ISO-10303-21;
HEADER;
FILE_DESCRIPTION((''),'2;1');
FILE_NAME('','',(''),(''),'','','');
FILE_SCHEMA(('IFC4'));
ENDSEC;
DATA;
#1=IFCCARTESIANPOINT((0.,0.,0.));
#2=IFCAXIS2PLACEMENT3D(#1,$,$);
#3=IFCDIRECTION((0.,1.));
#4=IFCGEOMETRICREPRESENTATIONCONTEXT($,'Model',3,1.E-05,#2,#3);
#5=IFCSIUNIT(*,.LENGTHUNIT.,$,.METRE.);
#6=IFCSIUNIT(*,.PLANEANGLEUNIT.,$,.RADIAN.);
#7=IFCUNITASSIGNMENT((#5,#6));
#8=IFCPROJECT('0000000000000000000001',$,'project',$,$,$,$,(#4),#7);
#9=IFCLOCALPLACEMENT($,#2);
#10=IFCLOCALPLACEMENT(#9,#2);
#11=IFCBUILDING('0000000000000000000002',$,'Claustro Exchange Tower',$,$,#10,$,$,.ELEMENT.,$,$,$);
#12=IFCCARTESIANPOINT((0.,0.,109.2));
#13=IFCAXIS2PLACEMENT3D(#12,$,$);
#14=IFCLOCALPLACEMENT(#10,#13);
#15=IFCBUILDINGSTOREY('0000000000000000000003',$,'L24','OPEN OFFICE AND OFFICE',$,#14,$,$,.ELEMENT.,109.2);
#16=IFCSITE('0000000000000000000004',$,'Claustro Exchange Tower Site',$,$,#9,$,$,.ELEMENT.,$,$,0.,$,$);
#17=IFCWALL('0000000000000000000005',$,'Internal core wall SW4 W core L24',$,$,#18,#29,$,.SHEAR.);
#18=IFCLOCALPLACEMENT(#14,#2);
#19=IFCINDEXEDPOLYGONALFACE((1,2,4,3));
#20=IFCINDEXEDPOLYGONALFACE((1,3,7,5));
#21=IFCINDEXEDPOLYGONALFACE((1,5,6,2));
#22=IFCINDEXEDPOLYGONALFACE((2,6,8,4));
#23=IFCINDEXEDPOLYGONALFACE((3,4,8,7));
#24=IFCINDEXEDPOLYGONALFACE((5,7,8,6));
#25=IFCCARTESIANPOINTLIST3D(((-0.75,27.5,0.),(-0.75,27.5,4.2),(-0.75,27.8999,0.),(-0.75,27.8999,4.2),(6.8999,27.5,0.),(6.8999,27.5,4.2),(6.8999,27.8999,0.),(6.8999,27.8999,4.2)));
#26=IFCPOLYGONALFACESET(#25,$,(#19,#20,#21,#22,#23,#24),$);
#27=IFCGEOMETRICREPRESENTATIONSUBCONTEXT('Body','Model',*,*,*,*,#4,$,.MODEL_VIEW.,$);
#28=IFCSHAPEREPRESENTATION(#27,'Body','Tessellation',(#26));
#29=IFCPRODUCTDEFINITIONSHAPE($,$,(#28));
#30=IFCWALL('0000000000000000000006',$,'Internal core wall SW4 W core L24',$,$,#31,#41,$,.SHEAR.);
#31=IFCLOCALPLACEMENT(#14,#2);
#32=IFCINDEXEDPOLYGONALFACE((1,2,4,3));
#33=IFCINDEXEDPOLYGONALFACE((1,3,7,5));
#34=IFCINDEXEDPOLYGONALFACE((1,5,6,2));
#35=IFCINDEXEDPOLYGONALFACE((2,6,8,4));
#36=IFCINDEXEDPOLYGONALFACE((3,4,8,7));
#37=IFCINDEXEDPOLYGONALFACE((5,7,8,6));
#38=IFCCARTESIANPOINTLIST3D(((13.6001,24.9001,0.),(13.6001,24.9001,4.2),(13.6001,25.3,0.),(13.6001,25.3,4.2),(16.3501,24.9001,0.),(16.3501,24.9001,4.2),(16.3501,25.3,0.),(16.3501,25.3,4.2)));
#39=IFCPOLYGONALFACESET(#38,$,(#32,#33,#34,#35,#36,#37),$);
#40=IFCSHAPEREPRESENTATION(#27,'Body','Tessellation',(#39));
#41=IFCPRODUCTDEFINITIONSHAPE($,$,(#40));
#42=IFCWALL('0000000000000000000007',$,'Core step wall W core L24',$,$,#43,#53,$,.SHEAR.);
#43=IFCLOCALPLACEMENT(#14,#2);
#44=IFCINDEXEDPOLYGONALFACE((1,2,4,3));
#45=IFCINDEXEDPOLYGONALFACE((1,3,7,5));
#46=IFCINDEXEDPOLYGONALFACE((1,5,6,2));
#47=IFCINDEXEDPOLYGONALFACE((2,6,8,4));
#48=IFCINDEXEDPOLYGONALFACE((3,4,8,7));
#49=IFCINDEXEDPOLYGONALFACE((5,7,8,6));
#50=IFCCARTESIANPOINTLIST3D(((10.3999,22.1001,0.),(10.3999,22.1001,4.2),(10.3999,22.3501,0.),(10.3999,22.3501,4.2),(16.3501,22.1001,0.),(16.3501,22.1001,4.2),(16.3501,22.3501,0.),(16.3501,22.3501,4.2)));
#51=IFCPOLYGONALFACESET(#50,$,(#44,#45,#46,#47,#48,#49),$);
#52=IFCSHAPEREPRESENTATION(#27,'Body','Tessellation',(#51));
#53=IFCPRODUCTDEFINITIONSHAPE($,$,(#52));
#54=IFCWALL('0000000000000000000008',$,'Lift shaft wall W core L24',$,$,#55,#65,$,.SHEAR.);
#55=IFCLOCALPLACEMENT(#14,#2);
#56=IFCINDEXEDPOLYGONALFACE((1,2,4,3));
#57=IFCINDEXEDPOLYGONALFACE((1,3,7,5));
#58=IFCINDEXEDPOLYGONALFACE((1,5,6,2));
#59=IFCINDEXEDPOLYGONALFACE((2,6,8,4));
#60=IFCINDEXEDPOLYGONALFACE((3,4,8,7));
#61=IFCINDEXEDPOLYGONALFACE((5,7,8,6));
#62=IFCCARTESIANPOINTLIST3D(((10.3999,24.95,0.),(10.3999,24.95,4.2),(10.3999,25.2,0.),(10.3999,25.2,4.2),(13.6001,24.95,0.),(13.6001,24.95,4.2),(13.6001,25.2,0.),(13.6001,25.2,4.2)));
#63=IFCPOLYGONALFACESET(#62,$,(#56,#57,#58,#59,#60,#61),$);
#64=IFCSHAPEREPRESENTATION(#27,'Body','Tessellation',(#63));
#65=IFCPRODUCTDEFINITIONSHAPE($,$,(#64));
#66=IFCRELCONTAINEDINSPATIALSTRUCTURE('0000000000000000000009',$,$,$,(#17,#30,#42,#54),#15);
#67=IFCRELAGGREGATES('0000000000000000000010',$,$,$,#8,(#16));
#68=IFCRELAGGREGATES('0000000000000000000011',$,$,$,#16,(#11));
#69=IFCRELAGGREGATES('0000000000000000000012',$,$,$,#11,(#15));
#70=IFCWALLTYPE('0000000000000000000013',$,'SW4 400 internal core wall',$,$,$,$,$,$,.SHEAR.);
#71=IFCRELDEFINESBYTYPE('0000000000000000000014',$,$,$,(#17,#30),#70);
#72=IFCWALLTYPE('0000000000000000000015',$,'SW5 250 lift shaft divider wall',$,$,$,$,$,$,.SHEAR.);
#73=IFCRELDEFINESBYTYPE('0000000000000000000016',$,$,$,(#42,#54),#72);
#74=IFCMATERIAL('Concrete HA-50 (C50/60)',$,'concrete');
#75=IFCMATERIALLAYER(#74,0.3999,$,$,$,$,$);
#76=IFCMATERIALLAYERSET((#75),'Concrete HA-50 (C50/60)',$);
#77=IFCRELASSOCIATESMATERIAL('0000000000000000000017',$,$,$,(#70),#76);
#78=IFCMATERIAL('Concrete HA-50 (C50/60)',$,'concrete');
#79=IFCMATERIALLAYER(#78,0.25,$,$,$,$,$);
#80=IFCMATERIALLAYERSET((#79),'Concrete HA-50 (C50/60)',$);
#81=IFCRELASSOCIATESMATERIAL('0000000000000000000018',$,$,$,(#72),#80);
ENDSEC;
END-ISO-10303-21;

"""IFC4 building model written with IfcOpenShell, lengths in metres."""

from ifc_helpers import new_model, si_unit, direction, frame, frame_2d, origin, place, context, subcontext, project, spatial, rectangle, extrude, material, layer, layer_set, type_object, element, save


model = new_model("IFC4")

# Units and contexts
model_context = context("Model", 3, precision=1e-05, world=origin(), true_north=direction((0.0, 1.0)))
body_context = subcontext(model_context, "Body", "Model", "MODEL_VIEW")
ifc_project = project(units=[si_unit("LENGTHUNIT", "METRE"), si_unit("PLANEANGLEUNIT", "RADIAN")], contexts=[model_context])

# Site, building, storey
site_placement = place(None, origin())
site = spatial("IfcSite", under=ifc_project, at=site_placement, Name="Claustro Exchange Tower Site", CompositionType="ELEMENT", RefElevation=0.0)
building_placement = place(site_placement, origin())
building = spatial("IfcBuilding", under=site, at=building_placement, Name="Claustro Exchange Tower", CompositionType="ELEMENT")
storey_placement = place(building_placement, frame((0.0, 0.0, 109.2)))
storey = spatial("IfcBuildingStorey", under=building, at=storey_placement, Name="L24", Description="OPEN OFFICE AND OFFICE", CompositionType="ELEMENT", Elevation=109.2)

# Walls
ifc_material_1 = material(Name="Concrete HA-50 (C50/60)", Category="concrete")
ifc_layer_1 = layer(ifc_material_1, 0.3999)
ifc_layer_set_1 = layer_set([ifc_layer_1], Name="Concrete HA-50 (C50/60)")
wall_type_1 = type_object("IfcWallType", Name="SW4 400 internal core wall", PredefinedType="SHEAR", material=ifc_layer_set_1)
for number, where, z_axis, x_axis, name in (
    (1, (-0.75, 27.7, 0.0), (0.0, 0.0, 1.0), (1.0, 0.0, 0.0), "Internal core wall SW4 W core L24"),
):
    element("IfcWall", number, at=place(storey_placement, frame(where, z_axis=z_axis, x_axis=x_axis)), inside=storey, type_object=wall_type_1, Name=name, PredefinedType="SHEAR", context=body_context, shape_type="SweptSolid", body=[
        extrude(rectangle(XDim=7.6499, YDim=0.3999, at=frame_2d((3.825, 0.0))), origin(), (0.0, 0.0, 1.0), 4.2),
    ])
wall_1_placement = place(storey_placement, frame((13.6001, 25.1001, 0.0), z_axis=(0.0, 0.0, 1.0), x_axis=(1.0, 0.0, 0.0)))
element("IfcWall", 2, at=wall_1_placement, inside=storey, type_object=wall_type_1, Name="Internal core wall SW4 W core L24", PredefinedType="SHEAR", context=body_context, shape_type="SweptSolid", body=[
    extrude(rectangle(XDim=2.75, YDim=0.3999, at=frame_2d((1.375, 0.0))), origin(), (0.0, 0.0, 1.0), 4.2),
])
ifc_material_2 = material(Name="Concrete HA-50 (C50/60)", Category="concrete")
ifc_layer_2 = layer(ifc_material_2, 0.25)
ifc_layer_set_2 = layer_set([ifc_layer_2], Name="Concrete HA-50 (C50/60)")
wall_type_2 = type_object("IfcWallType", Name="SW5 250 lift shaft divider wall", PredefinedType="SHEAR", material=ifc_layer_set_2)
wall_2_placement = place(storey_placement, frame((10.3999, 22.2251, 0.0), z_axis=(0.0, 0.0, 1.0), x_axis=(1.0, 0.0, 0.0)))
element("IfcWall", 3, at=wall_2_placement, inside=storey, type_object=wall_type_2, Name="Core step wall W core L24", PredefinedType="SHEAR", context=body_context, shape_type="SweptSolid", body=[
    extrude(rectangle(XDim=5.9502, YDim=0.25, at=frame_2d((2.9751, 0.0))), origin(), (0.0, 0.0, 1.0), 4.2),
])
wall_3_placement = place(storey_placement, frame((10.3999, 25.075, 0.0), z_axis=(0.0, 0.0, 1.0), x_axis=(1.0, 0.0, 0.0)))
element("IfcWall", 4, at=wall_3_placement, inside=storey, type_object=wall_type_2, Name="Lift shaft wall W core L24", PredefinedType="SHEAR", context=body_context, shape_type="SweptSolid", body=[
    extrude(rectangle(XDim=3.2002, YDim=0.25, at=frame_2d((1.6001, 0.0))), origin(), (0.0, 0.0, 1.0), 4.2),
])

save(model, "model.ifc")
